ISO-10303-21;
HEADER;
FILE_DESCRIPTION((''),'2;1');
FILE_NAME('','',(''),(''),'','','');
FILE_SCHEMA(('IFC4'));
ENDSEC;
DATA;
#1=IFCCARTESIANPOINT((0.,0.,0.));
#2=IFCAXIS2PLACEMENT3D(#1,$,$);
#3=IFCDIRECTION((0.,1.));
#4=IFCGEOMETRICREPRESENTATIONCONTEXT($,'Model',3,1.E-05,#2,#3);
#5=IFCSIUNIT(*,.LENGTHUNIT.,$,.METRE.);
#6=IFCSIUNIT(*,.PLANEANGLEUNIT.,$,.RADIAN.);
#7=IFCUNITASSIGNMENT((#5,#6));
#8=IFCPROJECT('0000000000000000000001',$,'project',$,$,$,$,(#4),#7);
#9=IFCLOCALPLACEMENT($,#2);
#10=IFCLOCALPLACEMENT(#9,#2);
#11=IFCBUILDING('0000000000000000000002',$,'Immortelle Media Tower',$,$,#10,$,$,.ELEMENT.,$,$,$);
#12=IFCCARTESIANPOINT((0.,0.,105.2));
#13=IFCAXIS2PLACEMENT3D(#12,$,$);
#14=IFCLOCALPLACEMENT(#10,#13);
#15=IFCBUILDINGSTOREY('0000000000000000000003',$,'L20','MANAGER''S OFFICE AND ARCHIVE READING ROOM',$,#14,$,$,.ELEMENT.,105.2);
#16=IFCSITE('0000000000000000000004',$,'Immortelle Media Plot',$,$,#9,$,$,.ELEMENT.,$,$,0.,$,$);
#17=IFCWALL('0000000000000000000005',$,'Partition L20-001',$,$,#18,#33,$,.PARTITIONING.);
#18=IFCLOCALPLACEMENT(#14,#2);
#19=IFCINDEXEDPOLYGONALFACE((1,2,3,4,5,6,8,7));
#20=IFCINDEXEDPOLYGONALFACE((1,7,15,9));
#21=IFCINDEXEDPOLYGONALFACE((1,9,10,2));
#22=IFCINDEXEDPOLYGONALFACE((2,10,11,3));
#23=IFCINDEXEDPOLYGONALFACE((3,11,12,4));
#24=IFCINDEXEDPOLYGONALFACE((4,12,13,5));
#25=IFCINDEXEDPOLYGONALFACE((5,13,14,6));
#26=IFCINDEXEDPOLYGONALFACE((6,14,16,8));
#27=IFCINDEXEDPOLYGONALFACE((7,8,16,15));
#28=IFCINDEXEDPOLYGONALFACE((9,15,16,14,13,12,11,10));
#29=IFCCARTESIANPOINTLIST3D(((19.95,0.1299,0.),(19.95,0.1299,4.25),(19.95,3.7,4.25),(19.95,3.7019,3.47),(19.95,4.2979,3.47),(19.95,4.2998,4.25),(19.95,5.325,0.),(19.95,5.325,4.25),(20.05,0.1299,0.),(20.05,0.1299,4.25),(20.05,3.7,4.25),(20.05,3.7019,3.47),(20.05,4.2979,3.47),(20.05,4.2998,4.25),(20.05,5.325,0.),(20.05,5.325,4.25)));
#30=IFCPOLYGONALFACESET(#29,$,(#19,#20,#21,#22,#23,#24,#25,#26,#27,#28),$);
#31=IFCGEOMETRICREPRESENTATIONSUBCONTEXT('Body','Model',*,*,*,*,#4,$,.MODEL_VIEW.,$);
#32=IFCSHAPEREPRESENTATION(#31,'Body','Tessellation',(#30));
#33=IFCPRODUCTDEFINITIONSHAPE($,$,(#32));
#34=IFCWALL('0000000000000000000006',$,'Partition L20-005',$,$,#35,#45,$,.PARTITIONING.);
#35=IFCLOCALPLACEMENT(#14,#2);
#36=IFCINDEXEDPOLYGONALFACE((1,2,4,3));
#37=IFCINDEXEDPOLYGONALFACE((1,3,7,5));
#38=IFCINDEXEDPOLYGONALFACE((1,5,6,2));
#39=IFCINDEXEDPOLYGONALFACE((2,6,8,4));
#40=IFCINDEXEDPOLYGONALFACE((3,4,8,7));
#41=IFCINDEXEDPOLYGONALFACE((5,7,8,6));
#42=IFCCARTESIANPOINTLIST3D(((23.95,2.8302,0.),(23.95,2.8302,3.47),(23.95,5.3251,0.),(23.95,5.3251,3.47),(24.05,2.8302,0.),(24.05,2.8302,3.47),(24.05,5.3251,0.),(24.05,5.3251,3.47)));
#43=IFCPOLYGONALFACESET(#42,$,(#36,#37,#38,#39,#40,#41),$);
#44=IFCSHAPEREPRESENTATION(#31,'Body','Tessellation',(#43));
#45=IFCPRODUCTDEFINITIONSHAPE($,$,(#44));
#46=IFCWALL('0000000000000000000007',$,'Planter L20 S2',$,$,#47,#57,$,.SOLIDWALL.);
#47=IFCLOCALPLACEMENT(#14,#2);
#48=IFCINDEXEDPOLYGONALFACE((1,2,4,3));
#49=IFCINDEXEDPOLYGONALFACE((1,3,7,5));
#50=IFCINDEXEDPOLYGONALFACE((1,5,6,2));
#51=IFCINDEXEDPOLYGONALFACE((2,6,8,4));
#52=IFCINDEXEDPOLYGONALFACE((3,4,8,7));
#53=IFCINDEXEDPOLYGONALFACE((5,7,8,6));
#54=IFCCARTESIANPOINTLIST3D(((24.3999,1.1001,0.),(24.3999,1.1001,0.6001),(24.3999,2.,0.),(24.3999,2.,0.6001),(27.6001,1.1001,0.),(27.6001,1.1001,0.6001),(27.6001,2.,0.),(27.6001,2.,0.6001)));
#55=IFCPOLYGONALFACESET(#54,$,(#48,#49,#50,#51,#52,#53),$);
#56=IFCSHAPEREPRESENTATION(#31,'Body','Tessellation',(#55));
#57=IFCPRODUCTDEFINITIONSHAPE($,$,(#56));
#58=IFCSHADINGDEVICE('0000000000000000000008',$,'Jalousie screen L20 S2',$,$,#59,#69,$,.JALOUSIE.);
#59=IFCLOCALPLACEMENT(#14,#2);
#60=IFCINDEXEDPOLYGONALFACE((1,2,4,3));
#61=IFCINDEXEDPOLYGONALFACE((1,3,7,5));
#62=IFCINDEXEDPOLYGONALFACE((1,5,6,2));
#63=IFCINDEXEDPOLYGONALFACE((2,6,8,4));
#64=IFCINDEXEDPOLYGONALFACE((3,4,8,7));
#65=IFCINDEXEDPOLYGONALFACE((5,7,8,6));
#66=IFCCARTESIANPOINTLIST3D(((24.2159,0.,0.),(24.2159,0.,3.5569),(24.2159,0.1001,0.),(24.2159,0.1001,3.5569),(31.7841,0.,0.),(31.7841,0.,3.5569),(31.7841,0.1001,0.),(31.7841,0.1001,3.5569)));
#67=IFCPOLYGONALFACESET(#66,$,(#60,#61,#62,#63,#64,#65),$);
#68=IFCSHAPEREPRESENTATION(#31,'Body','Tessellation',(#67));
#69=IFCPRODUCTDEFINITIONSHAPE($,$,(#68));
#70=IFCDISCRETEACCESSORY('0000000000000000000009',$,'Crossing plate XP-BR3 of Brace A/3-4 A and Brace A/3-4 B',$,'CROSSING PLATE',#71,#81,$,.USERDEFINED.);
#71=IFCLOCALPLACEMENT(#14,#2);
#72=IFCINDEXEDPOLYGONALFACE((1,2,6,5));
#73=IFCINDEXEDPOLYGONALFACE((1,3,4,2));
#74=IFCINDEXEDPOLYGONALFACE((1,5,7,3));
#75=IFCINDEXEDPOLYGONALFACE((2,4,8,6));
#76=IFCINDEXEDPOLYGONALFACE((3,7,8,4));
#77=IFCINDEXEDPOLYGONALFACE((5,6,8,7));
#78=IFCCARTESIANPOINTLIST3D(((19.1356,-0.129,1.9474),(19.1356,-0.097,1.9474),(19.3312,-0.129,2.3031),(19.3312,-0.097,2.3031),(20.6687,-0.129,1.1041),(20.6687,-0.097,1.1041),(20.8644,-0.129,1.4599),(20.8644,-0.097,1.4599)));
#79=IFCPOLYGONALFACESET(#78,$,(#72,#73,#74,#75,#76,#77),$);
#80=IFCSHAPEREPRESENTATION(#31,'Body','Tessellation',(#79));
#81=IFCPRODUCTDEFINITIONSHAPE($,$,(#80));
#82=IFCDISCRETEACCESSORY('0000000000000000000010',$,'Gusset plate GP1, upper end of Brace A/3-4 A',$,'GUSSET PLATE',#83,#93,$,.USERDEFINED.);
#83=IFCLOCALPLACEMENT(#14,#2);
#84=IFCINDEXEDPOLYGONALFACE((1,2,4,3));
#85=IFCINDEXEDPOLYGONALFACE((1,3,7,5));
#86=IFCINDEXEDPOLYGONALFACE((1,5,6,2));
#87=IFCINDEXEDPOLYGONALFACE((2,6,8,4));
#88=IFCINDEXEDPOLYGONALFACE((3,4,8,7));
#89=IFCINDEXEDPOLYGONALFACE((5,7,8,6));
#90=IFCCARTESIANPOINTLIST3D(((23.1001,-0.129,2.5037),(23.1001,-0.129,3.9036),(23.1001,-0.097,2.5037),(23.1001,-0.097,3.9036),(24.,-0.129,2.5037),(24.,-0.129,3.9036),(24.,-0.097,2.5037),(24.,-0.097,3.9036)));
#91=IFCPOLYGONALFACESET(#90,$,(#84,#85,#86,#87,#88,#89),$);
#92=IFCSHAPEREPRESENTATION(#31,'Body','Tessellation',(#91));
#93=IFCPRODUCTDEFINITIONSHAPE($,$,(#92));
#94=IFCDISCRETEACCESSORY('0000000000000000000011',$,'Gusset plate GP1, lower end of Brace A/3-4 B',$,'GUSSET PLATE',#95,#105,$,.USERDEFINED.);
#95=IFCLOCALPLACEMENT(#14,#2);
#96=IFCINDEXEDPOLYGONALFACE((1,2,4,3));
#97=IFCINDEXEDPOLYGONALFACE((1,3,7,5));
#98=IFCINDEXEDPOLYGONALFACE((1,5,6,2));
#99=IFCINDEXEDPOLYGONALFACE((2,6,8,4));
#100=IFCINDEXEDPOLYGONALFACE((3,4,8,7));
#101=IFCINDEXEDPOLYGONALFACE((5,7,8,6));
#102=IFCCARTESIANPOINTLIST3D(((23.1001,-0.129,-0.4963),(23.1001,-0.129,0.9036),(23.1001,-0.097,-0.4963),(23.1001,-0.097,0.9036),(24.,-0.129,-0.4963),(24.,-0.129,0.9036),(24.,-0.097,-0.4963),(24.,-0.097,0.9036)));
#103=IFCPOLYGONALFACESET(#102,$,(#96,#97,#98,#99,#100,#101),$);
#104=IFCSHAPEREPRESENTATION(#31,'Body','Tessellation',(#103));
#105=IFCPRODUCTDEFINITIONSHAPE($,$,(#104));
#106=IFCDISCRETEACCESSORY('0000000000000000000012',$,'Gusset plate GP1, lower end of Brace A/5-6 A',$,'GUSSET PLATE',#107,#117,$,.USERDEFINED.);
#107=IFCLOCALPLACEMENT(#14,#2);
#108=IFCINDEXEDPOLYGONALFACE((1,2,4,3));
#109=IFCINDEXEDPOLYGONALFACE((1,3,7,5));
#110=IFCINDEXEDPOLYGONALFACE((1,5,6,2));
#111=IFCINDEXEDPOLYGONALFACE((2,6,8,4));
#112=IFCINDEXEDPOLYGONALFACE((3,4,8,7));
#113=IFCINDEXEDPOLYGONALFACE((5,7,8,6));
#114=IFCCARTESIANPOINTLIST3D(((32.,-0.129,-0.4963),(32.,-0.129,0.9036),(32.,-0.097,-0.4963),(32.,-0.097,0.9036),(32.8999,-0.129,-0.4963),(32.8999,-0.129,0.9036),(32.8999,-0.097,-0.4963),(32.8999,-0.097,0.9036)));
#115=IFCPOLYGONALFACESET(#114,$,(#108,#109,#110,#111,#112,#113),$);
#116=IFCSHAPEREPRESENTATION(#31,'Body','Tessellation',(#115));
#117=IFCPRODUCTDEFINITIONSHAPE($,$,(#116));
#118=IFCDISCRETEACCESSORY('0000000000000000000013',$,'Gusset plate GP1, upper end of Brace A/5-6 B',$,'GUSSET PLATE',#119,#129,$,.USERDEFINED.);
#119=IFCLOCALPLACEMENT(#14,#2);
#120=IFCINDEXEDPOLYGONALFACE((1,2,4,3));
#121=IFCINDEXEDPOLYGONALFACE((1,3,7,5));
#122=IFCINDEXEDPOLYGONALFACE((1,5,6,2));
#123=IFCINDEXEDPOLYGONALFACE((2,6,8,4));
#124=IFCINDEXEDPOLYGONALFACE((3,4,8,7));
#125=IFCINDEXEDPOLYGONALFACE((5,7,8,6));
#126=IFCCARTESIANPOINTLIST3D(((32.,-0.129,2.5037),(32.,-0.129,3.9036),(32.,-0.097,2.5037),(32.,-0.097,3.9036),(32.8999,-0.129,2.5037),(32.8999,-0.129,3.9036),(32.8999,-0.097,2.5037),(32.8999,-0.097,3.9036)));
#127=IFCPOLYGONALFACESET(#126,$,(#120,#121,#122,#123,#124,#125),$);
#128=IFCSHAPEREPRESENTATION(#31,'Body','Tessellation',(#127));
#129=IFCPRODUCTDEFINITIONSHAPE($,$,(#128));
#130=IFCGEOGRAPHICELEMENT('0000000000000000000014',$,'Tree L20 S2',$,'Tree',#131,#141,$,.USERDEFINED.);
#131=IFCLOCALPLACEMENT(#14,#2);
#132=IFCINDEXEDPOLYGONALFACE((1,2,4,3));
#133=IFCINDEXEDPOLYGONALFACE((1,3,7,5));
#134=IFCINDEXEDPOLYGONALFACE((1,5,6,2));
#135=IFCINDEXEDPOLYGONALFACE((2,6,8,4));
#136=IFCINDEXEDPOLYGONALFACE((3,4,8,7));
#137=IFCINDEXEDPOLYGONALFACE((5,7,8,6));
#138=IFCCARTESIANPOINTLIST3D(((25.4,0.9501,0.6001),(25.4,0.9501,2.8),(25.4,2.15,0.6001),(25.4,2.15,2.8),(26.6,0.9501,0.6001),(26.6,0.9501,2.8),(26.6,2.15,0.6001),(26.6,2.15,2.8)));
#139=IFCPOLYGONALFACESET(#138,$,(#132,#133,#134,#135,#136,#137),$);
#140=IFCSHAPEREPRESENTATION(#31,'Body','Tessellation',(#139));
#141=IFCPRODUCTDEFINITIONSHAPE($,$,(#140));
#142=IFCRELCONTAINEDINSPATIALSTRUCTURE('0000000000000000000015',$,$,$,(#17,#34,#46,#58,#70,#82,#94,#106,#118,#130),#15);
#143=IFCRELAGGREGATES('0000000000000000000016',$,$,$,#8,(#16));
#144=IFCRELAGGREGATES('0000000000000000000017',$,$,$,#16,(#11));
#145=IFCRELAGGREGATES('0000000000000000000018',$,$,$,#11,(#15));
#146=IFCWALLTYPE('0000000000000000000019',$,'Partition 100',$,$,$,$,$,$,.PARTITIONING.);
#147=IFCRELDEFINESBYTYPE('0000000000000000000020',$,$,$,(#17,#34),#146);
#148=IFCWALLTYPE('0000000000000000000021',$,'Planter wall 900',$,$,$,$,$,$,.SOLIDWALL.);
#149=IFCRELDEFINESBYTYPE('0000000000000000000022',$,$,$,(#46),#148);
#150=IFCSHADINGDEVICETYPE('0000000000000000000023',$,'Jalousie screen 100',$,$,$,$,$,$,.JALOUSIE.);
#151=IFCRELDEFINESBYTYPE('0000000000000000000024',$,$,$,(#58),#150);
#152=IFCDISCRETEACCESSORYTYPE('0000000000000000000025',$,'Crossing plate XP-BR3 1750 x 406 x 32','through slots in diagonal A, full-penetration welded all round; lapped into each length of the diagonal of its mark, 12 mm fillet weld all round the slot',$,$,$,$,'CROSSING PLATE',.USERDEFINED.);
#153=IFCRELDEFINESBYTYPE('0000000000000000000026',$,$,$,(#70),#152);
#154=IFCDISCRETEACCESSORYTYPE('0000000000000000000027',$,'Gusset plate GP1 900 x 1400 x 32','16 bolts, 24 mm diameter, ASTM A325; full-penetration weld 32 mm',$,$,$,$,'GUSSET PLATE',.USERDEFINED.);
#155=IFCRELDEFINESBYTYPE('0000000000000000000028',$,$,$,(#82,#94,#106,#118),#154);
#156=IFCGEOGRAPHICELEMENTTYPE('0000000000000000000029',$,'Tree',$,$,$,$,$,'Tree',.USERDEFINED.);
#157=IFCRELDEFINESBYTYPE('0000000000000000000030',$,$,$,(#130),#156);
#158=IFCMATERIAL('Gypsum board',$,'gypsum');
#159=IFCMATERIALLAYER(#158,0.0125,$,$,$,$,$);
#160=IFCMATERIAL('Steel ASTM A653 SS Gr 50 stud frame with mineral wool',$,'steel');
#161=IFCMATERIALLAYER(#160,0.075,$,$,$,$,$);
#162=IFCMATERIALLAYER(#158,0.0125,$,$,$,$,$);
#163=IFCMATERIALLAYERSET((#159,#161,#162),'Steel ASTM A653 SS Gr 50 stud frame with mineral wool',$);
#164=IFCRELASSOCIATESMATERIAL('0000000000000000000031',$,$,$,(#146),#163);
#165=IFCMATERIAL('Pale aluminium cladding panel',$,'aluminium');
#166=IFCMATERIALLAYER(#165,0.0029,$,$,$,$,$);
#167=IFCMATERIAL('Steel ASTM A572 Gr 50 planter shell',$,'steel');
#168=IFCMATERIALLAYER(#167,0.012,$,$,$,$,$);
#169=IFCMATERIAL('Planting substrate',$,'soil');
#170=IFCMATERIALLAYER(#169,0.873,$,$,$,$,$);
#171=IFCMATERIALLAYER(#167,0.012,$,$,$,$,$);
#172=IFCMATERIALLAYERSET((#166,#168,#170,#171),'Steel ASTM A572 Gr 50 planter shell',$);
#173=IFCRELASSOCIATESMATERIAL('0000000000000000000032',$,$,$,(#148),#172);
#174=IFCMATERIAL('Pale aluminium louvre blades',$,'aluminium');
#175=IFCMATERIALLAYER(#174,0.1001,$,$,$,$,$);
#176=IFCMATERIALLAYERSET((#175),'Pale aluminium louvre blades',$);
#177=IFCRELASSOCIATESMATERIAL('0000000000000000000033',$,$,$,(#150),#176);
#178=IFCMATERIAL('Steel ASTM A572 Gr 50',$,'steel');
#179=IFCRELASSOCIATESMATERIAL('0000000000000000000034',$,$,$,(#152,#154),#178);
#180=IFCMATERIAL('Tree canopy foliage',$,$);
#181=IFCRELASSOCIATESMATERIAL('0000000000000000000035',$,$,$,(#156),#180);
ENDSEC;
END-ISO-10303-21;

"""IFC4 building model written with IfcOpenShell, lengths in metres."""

from ifc_helpers import new_model, si_unit, direction, frame, frame_2d, origin, origin_2d, place, context, subcontext, project, spatial, polyline, rectangle, outline, extrude, material, layer, layer_set, material_profile, profile_set, type_object, element, save


model = new_model("IFC4")

# Units and contexts
model_context = context("Model", 3, precision=1e-05, world=origin(), true_north=direction((0.0, 1.0)))
body_context = subcontext(model_context, "Body", "Model", "MODEL_VIEW")
ifc_project = project(units=[si_unit("LENGTHUNIT", "METRE"), si_unit("PLANEANGLEUNIT", "RADIAN")], contexts=[model_context])

# Site, building, storey
site_placement = place(None, origin())
site = spatial("IfcSite", under=ifc_project, at=site_placement, Name="Immortelle Media Plot", CompositionType="ELEMENT", RefElevation=0.0)
building_placement = place(site_placement, origin())
building = spatial("IfcBuilding", under=site, at=building_placement, Name="Immortelle Media Tower", CompositionType="ELEMENT")
storey_placement = place(building_placement, frame((0.0, 0.0, 105.2)))
storey = spatial("IfcBuildingStorey", under=building, at=storey_placement, Name="L20", Description="MANAGER'S OFFICE AND ARCHIVE READING ROOM", CompositionType="ELEMENT", Elevation=105.2)

# Shared definitions
ifc_material_1 = material(Name="Steel ASTM A653 SS Gr 50 stud frame with mineral wool", Category="steel")

# Shared definitions
ifc_material_2 = material(Name="Pale aluminium cladding panel", Category="aluminium")

# Walls
ifc_material_3 = material(Name="Gypsum board", Category="gypsum")
ifc_layer_1 = layer(ifc_material_3, 0.0125)
ifc_layer_2 = layer(ifc_material_1, 0.075)
ifc_layer_3 = layer(ifc_material_3, 0.0125)
ifc_layer_set_1 = layer_set([ifc_layer_1, ifc_layer_2, ifc_layer_3], Name="Steel ASTM A653 SS Gr 50 stud frame with mineral wool")
wall_type_1 = type_object("IfcWallType", Name="Partition 100", PredefinedType="PARTITIONING", material=ifc_layer_set_1)
wall_1_placement = place(storey_placement, frame((20.0, 0.1299, 0.0), z_axis=(0.0, 0.0, 1.0), x_axis=(0.0, 1.0, 0.0)))
element("IfcWall", 1, at=wall_1_placement, inside=storey, type_object=wall_type_1, Name="Partition L20-001", PredefinedType="PARTITIONING", context=body_context, shape_type="SweptSolid", body=[
    extrude(outline(polyline([(0.0, 0.0), (5.1951, 0.0), (5.1951, 4.25), (4.1699, 4.25), (4.168, 3.47), (3.572, 3.47), (3.5701, 4.25), (0.0, 4.25), (0.0, 0.0)])), frame((0.0, 0.05, 0.0), z_axis=(0.0, -1.0, 0.0), x_axis=(1.0, 0.0, 0.0)), (0.0, 0.0, 1.0), 0.1001),
])
wall_2_placement = place(storey_placement, frame((24.0, 2.8301, 0.0), z_axis=(0.0, 0.0, 1.0), x_axis=(0.0, 1.0, 0.0)))
element("IfcWall", 2, at=wall_2_placement, inside=storey, type_object=wall_type_1, Name="Partition L20-005", PredefinedType="PARTITIONING", context=body_context, shape_type="SweptSolid", body=[
    extrude(rectangle(XDim=2.4949, YDim=0.1001, at=frame_2d((1.2476, 0.0))), origin(), (0.0, 0.0, 1.0), 3.47),
])
ifc_layer_4 = layer(ifc_material_2, 0.0029)
ifc_material_4 = material(Name="Steel ASTM A572 Gr 50 planter shell", Category="steel")
ifc_layer_5 = layer(ifc_material_4, 0.012)
ifc_material_5 = material(Name="Planting substrate", Category="soil")
ifc_layer_6 = layer(ifc_material_5, 0.873)
ifc_layer_7 = layer(ifc_material_4, 0.012)
ifc_layer_set_2 = layer_set([ifc_layer_4, ifc_layer_5, ifc_layer_6, ifc_layer_7], Name="Steel ASTM A572 Gr 50 planter shell")
wall_type_2 = type_object("IfcWallType", Name="Planter wall 900", PredefinedType="SOLIDWALL", material=ifc_layer_set_2)
wall_3_placement = place(storey_placement, frame((24.3999, 1.55, 0.0), z_axis=(0.0, 0.0, 1.0), x_axis=(1.0, 0.0, 0.0)))
element("IfcWall", 3, at=wall_3_placement, inside=storey, type_object=wall_type_2, Name="Planter L20 S2", PredefinedType="SOLIDWALL", context=body_context, shape_type="SweptSolid", body=[
    extrude(rectangle(XDim=3.2002, YDim=0.8999, at=frame_2d((1.6001, 0.0))), origin(), (0.0, 0.0, 1.0), 0.6001),
])

# Shading device
ifc_material_6 = material(Name="Pale aluminium louvre blades", Category="aluminium")
ifc_layer_8 = layer(ifc_material_6, 0.1001)
ifc_layer_set_3 = layer_set([ifc_layer_8], Name="Pale aluminium louvre blades")
shading_device_type = type_object("IfcShadingDeviceType", Name="Jalousie screen 100", PredefinedType="JALOUSIE", material=ifc_layer_set_3)
shading_device_placement = place(storey_placement, frame((28.0, 0.05, 0.0), z_axis=(0.0, 0.0, 1.0), x_axis=(1.0, 0.0, 0.0)))
element("IfcShadingDevice", 4, at=shading_device_placement, inside=storey, type_object=shading_device_type, Name="Jalousie screen L20 S2", PredefinedType="JALOUSIE", context=body_context, shape_type="SweptSolid", body=[
    extrude(rectangle(XDim=7.5681, YDim=0.1001, at=origin_2d()), origin(), (0.0, 0.0, 1.0), 3.5569),
])

# Discrete accessories
ifc_material_7 = material(Name="Steel ASTM A572 Gr 50", Category="steel")
ifc_material_profile_1 = material_profile(ifc_material_7, rectangle(XDim=0.032, YDim=0.406, at=origin_2d()), Name="PL 32 x 406")
ifc_profile_set_1 = profile_set([ifc_material_profile_1], Name="Steel ASTM A572 Gr 50")
discrete_accessory_type_1 = type_object("IfcDiscreteAccessoryType", Name="Crossing plate XP-BR3 1750 x 406 x 32", Description="through slots in diagonal A, full-penetration welded all round; lapped into each length of the diagonal of its mark, 12 mm fillet weld all round the slot", ElementType="CROSSING PLATE", PredefinedType="USERDEFINED", material=ifc_profile_set_1)
discrete_accessory_placement = place(storey_placement, frame((19.2334, -0.113, 2.1252), z_axis=(0.876216, 0.0, -0.481919), x_axis=(0.0, 1.0, 0.0)))
element("IfcDiscreteAccessory", 5, at=discrete_accessory_placement, inside=storey, type_object=discrete_accessory_type_1, Name="Crossing plate XP-BR3 of Brace A/3-4 A and Brace A/3-4 B", ObjectType="CROSSING PLATE", PredefinedType="USERDEFINED", context=body_context, shape_type="SweptSolid", body=[
    extrude(rectangle(XDim=0.032, YDim=0.406, at=origin_2d()), origin(), (0.0, 0.0, 1.0), 1.7498),
])
ifc_material_profile_2 = material_profile(ifc_material_7, rectangle(XDim=0.032, YDim=1.3999, at=origin_2d()), Name="PL 32 x 1400")
ifc_profile_set_2 = profile_set([ifc_material_profile_2], Name="Steel ASTM A572 Gr 50")
discrete_accessory_type_2 = type_object("IfcDiscreteAccessoryType", Name="Gusset plate GP1 900 x 1400 x 32", Description="16 bolts, 24 mm diameter, ASTM A325; full-penetration weld 32 mm", ElementType="GUSSET PLATE", PredefinedType="USERDEFINED", material=ifc_profile_set_2)
for number, where, z_axis, x_axis, name in (
    (6, (24.0, -0.113, 3.2036), (-1.0, 0.0, 0.0), (0.0, -1.0, 0.0), "Gusset plate GP1, upper end of Brace A/3-4 A"),
    (7, (24.0, -0.113, 0.2036), (-1.0, 0.0, 0.0), (0.0, -1.0, 0.0), "Gusset plate GP1, lower end of Brace A/3-4 B"),
    (8, (32.0, -0.113, 0.2036), (1.0, 0.0, 0.0), (0.0, 1.0, 0.0), "Gusset plate GP1, lower end of Brace A/5-6 A"),
    (9, (32.0, -0.113, 3.2036), (1.0, 0.0, 0.0), (0.0, 1.0, 0.0), "Gusset plate GP1, upper end of Brace A/5-6 B"),
):
    element("IfcDiscreteAccessory", number, at=place(storey_placement, frame(where, z_axis=z_axis, x_axis=x_axis)), inside=storey, type_object=discrete_accessory_type_2, Name=name, ObjectType="GUSSET PLATE", PredefinedType="USERDEFINED", context=body_context, shape_type="SweptSolid", body=[
        extrude(rectangle(XDim=0.032, YDim=1.3999, at=origin_2d()), origin(), (0.0, 0.0, 1.0), 0.8999),
    ])

# Geographic element
ifc_material_8 = material(Name="Tree canopy foliage")
geographic_element_type = type_object("IfcGeographicElementType", Name="Tree", ElementType="Tree", PredefinedType="USERDEFINED", material=ifc_material_8)
geographic_element_placement = place(storey_placement, frame((26.0, 1.55, 0.6001), z_axis=(0.0, 0.0, 1.0), x_axis=(1.0, 0.0, 0.0)))
element("IfcGeographicElement", 10, at=geographic_element_placement, inside=storey, type_object=geographic_element_type, Name="Tree L20 S2", ObjectType="Tree", PredefinedType="USERDEFINED", context=body_context, shape_type="SweptSolid", body=[
    extrude(rectangle(XDim=1.2, YDim=1.2, at=origin_2d()), origin(), (0.0, 0.0, 1.0), 2.2),
])

save(model, "model.ifc")
